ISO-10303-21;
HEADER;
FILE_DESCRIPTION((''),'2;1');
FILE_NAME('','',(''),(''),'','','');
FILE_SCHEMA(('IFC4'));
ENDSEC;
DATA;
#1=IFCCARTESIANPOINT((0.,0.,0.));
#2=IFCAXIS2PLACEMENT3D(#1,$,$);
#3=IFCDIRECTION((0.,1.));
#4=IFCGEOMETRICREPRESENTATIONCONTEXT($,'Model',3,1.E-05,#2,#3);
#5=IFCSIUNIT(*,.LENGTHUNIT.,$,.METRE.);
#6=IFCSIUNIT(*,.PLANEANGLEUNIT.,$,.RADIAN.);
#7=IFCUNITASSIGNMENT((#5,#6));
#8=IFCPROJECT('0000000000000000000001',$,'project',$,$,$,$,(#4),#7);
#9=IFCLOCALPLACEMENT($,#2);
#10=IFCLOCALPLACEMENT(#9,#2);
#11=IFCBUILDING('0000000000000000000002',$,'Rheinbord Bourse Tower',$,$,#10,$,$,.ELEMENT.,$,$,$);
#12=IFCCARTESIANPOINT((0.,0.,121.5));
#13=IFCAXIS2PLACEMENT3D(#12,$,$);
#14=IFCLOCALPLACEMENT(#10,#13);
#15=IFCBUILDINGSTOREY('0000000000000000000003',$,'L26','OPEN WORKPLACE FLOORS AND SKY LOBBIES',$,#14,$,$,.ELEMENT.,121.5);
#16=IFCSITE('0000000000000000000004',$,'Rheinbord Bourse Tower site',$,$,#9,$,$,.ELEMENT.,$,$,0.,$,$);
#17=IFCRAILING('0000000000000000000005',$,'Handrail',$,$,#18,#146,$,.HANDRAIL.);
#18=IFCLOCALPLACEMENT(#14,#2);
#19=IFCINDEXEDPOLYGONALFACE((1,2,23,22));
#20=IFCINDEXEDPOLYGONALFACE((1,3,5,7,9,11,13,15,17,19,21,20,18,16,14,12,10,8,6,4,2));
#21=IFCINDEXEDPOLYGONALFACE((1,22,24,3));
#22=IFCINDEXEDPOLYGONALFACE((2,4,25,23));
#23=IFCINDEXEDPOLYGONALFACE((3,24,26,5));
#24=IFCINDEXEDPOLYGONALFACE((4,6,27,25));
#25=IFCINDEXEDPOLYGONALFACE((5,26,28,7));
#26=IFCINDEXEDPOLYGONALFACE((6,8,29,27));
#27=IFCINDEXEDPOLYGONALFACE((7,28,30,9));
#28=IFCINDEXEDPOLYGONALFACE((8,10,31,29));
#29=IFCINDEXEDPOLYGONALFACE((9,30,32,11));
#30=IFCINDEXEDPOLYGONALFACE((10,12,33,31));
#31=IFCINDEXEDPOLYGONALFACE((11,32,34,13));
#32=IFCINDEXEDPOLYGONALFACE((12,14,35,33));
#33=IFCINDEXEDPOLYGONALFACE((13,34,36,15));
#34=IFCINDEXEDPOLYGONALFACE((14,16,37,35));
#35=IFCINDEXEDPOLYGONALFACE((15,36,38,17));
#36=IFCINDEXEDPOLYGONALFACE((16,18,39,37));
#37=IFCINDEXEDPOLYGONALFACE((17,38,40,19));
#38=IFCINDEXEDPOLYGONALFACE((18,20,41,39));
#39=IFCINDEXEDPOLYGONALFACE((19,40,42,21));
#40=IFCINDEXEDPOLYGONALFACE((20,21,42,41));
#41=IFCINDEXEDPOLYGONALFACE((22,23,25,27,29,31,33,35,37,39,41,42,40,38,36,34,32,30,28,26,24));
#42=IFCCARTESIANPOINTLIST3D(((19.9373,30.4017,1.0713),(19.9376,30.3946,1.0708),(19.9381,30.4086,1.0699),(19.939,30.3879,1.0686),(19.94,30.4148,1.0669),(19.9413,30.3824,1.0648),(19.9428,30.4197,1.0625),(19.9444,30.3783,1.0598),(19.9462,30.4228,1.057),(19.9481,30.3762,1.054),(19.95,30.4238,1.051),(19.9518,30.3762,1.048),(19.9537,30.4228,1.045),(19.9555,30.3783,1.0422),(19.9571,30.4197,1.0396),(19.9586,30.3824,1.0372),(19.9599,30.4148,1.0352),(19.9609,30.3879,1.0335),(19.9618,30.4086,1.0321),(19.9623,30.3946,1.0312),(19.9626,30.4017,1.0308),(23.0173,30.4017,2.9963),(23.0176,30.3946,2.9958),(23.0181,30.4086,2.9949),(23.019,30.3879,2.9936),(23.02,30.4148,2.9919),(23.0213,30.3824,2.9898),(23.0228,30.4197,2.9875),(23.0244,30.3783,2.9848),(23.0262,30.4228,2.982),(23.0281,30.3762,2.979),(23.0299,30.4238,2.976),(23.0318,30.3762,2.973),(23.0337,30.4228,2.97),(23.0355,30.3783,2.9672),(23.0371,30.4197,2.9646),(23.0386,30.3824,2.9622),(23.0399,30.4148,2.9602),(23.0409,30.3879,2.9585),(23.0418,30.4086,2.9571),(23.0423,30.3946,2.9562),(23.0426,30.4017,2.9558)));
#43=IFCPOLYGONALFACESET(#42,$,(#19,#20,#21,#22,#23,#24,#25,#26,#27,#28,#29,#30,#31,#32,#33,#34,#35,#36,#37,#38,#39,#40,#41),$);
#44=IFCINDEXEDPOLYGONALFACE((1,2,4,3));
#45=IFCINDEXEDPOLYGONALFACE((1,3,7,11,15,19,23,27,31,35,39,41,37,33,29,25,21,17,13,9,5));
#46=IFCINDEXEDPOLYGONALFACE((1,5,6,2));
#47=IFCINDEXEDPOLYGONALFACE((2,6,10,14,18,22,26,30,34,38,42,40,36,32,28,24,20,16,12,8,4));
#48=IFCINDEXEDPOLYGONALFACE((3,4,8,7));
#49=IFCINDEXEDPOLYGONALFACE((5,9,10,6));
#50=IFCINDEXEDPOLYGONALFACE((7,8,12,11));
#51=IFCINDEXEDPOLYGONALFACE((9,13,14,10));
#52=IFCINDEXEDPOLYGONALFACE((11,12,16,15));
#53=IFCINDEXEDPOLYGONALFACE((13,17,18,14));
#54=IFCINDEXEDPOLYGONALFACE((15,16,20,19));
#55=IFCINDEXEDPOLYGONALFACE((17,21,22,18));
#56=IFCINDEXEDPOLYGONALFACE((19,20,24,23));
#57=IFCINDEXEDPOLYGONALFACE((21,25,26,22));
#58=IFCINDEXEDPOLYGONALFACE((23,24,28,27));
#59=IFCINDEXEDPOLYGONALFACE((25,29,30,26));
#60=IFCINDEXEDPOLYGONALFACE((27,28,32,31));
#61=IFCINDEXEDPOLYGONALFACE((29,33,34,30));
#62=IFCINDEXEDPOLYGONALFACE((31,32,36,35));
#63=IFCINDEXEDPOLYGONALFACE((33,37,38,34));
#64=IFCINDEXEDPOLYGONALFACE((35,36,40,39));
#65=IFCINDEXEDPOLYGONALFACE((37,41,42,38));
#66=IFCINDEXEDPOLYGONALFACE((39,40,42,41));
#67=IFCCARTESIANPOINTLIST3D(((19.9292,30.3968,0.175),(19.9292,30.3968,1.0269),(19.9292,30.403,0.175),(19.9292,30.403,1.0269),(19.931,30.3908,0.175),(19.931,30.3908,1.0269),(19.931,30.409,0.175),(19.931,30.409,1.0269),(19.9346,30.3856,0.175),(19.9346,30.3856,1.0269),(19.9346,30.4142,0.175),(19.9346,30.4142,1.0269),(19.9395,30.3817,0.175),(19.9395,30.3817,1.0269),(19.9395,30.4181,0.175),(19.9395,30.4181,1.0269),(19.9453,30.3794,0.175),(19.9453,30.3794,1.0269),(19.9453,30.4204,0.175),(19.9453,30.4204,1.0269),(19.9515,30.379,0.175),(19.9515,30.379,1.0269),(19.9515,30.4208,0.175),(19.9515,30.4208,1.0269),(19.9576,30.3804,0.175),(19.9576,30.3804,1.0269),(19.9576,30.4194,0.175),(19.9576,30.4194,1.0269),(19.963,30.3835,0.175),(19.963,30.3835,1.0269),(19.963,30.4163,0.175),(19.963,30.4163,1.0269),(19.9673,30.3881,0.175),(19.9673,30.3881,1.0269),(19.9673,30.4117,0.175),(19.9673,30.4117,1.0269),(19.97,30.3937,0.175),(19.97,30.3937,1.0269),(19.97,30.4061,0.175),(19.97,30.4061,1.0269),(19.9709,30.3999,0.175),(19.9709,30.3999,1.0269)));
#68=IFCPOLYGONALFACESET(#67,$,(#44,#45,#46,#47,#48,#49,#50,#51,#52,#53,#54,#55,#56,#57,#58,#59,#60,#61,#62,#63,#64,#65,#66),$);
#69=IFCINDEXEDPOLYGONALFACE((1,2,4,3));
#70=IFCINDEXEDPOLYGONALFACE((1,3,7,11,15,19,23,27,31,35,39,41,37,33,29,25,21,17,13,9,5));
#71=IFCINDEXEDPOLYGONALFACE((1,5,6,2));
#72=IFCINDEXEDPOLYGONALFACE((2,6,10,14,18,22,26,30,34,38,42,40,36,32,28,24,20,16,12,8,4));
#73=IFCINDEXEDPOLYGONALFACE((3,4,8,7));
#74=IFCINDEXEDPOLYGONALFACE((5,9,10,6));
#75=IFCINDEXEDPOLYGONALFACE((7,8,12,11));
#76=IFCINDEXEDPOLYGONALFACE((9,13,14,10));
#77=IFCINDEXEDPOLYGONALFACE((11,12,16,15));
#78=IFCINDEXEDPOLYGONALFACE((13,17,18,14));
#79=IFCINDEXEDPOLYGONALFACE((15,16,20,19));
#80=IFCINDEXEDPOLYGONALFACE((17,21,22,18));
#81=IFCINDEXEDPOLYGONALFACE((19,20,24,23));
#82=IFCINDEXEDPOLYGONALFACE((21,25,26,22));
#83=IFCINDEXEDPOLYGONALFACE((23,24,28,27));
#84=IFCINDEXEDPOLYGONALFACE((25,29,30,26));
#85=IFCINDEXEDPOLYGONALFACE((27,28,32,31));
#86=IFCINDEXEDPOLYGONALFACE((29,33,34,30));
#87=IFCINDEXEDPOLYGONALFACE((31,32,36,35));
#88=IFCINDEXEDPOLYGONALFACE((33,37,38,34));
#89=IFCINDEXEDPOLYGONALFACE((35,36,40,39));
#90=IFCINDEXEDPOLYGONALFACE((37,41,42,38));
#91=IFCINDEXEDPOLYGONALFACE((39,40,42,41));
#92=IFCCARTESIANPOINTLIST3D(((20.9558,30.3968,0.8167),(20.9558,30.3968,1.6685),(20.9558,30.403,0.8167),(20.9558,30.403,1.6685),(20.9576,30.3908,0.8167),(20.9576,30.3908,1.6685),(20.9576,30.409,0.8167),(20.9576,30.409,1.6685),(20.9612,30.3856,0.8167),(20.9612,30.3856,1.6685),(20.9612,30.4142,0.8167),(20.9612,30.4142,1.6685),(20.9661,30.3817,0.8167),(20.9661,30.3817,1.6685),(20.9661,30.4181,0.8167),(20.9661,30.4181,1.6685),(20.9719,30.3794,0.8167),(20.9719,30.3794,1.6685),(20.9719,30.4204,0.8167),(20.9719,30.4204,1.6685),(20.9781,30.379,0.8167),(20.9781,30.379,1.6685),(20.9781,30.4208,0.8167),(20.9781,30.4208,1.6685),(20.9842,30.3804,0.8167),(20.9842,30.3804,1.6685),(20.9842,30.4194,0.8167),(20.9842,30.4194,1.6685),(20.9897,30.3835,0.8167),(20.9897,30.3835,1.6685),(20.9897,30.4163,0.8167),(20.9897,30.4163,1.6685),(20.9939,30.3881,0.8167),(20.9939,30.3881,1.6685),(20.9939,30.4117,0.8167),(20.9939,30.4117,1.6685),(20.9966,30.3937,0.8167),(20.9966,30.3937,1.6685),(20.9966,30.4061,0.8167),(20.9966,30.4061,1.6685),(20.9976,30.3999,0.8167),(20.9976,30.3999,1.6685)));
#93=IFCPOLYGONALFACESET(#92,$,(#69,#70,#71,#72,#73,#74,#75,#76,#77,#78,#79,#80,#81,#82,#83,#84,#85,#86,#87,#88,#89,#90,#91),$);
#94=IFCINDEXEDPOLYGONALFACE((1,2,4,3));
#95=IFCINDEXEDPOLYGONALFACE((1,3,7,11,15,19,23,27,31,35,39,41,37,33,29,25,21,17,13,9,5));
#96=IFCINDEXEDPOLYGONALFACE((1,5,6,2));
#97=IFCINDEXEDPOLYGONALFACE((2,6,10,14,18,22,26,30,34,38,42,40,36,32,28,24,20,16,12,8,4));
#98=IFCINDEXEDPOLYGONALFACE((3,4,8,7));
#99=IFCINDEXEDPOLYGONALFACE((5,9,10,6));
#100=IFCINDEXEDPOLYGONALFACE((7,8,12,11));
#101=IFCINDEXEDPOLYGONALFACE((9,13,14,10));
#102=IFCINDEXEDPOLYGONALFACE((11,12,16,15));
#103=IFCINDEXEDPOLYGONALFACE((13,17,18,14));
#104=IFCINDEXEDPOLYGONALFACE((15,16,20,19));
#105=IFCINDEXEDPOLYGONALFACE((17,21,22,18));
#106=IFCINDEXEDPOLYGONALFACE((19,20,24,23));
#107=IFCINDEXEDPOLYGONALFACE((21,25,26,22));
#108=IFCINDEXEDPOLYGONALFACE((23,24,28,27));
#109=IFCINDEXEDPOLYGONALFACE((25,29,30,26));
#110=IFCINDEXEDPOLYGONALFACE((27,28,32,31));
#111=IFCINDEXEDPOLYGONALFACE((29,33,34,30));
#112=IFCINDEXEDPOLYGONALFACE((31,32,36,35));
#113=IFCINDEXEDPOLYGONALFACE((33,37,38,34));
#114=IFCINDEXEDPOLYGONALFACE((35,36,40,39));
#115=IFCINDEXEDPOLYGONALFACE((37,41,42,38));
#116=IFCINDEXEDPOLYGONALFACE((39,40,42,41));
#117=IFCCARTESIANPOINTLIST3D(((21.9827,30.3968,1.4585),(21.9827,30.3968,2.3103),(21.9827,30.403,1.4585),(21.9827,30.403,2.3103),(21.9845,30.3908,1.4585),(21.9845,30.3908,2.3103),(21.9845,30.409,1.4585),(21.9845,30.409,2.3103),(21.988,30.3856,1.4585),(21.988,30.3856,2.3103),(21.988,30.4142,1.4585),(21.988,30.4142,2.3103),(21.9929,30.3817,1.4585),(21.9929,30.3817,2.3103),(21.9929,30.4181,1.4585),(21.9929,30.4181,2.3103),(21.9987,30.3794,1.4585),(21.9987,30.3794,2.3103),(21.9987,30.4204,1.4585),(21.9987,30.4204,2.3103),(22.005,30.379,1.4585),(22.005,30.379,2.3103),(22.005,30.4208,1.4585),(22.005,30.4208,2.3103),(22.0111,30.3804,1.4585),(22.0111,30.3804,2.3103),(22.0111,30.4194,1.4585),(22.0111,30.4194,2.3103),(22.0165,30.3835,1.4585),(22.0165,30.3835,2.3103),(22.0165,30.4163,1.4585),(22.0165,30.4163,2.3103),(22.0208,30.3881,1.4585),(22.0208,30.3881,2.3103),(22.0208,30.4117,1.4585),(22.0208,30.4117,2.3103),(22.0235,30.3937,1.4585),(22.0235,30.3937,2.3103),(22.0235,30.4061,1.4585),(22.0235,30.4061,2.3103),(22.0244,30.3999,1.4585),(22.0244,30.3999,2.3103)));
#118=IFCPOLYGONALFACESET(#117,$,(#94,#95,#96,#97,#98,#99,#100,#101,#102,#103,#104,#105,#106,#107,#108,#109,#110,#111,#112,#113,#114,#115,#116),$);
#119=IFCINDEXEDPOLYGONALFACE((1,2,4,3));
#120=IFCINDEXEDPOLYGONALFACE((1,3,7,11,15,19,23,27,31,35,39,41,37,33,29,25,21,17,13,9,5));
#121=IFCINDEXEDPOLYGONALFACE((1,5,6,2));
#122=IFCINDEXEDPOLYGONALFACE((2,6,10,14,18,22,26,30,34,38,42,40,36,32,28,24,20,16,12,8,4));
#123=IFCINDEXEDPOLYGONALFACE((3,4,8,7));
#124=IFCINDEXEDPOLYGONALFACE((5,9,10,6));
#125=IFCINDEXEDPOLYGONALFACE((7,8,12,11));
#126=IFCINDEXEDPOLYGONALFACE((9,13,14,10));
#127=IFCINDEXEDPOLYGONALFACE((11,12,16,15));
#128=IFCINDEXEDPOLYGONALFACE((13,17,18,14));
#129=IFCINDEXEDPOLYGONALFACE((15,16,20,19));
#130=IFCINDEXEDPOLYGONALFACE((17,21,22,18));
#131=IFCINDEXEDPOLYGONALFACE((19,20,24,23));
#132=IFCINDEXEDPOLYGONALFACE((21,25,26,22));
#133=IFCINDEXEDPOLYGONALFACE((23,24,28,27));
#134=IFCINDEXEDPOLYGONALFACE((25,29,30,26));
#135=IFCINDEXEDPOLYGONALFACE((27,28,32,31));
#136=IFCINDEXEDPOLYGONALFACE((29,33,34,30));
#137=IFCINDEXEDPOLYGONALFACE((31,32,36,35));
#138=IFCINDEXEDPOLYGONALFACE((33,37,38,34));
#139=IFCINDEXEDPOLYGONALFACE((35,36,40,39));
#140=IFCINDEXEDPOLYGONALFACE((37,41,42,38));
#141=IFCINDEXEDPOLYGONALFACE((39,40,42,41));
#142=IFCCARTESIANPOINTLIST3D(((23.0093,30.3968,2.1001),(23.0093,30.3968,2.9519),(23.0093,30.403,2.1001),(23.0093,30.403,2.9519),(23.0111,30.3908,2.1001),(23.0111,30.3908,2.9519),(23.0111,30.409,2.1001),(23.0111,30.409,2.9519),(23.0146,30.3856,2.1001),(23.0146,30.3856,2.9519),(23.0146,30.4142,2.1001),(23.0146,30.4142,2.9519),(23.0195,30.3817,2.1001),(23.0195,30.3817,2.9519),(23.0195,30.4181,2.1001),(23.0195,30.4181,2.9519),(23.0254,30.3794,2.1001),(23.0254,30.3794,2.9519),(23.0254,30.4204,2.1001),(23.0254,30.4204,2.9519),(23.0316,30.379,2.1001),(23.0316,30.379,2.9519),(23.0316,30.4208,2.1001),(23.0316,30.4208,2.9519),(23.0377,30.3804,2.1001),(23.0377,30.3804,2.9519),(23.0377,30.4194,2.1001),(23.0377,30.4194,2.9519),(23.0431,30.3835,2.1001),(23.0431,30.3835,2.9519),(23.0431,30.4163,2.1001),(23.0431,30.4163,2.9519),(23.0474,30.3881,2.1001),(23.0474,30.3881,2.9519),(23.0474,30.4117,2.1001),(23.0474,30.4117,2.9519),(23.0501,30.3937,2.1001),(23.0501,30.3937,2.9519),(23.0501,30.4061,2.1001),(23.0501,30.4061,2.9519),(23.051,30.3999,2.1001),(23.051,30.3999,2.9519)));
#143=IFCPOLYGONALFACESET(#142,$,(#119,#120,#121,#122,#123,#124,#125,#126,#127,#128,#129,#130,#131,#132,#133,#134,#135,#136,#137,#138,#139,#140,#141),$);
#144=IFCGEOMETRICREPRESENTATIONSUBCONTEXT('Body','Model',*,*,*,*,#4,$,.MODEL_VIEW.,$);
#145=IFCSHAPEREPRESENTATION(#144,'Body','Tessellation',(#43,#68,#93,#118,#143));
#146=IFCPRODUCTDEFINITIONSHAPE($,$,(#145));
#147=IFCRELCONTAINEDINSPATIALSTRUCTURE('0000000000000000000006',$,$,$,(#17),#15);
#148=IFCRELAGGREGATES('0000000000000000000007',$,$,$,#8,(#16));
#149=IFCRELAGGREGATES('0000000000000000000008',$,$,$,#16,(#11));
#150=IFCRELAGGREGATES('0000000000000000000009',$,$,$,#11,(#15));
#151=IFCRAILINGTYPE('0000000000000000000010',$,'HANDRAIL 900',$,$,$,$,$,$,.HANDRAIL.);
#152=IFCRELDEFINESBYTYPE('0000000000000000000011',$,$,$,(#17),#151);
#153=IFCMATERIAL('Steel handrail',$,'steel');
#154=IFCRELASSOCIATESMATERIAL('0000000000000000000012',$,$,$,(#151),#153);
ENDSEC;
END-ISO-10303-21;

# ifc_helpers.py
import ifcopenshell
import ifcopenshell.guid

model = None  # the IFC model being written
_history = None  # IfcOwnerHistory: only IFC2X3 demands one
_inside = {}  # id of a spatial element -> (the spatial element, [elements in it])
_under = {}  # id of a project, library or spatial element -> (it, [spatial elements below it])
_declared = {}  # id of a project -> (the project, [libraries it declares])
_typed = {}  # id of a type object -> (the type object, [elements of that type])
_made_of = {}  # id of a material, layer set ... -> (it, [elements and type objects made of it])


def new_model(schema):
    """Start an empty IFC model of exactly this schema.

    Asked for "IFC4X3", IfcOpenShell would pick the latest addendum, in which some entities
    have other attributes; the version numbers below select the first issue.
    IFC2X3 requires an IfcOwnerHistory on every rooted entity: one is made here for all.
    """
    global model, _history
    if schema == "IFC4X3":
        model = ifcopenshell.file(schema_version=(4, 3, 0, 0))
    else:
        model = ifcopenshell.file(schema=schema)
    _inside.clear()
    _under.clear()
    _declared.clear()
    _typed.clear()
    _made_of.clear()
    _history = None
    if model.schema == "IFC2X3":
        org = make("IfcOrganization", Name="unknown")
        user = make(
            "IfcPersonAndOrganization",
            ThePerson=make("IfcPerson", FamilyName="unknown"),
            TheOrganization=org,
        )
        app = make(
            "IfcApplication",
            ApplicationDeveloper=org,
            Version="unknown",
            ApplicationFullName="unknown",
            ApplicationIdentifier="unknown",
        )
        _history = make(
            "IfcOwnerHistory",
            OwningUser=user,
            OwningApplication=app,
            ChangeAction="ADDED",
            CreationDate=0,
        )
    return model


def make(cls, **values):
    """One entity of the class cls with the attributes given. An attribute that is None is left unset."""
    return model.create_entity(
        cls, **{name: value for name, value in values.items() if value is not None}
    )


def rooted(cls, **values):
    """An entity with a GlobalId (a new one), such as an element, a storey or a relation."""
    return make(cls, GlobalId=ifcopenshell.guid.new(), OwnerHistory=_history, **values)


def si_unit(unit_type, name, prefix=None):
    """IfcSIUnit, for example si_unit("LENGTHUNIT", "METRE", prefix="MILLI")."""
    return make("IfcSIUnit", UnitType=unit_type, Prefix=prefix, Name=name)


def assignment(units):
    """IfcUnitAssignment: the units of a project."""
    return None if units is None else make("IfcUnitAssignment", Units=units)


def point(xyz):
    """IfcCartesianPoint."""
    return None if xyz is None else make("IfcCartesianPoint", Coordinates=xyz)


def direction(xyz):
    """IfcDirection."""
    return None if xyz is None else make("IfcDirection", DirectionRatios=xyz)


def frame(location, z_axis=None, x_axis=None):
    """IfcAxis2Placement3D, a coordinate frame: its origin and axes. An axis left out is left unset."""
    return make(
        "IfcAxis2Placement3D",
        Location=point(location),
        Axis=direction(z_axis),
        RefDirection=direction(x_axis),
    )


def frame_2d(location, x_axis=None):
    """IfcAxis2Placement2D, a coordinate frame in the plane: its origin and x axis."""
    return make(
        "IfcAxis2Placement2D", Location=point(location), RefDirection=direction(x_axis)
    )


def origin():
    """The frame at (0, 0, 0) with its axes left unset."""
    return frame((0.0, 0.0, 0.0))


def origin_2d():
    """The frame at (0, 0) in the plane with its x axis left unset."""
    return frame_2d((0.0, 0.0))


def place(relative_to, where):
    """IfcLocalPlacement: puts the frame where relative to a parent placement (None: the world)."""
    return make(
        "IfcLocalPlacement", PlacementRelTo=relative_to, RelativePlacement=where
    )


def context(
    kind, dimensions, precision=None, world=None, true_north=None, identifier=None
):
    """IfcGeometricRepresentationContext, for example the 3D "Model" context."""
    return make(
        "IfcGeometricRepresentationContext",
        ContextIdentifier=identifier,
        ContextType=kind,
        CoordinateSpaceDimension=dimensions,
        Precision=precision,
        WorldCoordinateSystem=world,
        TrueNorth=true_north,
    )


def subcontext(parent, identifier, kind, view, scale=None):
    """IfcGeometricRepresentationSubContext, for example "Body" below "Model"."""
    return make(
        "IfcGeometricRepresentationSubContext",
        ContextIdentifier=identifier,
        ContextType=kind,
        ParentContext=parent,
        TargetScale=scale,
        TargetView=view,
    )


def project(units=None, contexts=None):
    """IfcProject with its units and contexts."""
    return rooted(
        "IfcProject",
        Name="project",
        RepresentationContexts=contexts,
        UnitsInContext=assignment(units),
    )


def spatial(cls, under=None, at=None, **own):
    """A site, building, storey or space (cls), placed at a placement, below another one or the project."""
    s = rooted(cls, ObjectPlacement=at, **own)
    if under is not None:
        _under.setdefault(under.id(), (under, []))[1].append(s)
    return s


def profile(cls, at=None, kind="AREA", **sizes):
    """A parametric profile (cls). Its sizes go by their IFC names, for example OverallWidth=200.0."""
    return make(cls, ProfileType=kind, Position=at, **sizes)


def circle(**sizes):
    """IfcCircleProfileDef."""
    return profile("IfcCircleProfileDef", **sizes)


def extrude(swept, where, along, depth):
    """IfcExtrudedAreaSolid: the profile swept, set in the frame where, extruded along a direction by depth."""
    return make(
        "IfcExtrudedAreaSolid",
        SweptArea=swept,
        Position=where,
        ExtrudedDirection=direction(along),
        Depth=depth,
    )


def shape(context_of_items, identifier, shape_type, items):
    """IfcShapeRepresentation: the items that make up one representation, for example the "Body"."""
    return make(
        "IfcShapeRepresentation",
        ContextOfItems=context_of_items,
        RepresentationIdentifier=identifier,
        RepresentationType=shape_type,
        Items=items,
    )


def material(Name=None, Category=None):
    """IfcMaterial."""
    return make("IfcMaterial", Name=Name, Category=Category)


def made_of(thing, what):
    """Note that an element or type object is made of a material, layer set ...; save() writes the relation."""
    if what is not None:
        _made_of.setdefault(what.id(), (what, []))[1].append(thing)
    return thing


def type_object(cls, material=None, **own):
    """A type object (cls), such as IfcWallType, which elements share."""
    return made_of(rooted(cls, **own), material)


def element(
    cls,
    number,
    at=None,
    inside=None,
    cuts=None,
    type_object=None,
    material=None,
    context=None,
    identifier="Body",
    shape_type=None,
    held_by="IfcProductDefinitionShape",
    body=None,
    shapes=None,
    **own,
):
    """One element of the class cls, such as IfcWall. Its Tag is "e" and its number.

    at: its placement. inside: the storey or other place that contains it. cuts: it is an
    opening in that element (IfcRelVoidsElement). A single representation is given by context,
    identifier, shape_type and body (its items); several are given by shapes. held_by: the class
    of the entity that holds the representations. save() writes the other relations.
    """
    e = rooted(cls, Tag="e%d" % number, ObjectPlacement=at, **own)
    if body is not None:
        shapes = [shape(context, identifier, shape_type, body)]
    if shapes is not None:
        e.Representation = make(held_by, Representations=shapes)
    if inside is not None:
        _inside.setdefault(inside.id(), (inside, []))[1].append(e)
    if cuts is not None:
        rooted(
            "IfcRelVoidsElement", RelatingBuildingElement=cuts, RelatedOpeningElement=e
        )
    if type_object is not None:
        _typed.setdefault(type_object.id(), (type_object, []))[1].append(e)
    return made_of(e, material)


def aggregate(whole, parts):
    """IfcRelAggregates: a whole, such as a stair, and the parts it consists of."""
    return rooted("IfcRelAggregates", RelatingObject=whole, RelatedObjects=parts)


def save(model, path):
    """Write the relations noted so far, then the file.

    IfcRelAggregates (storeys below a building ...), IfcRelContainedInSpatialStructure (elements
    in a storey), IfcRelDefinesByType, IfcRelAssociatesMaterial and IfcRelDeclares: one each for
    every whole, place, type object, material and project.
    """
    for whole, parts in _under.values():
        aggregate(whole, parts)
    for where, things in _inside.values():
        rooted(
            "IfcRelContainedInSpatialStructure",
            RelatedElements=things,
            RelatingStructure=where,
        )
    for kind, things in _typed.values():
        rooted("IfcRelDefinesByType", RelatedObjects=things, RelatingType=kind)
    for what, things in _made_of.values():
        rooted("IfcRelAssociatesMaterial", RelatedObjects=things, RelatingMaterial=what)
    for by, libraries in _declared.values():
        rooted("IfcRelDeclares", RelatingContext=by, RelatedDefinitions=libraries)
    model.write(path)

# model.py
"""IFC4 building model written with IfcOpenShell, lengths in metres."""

from ifc_helpers import new_model, si_unit, direction, frame, origin, origin_2d, place, context, subcontext, project, spatial, circle, extrude, material, type_object, element, save


model = new_model("IFC4")

# Units and contexts
model_context = context("Model", 3, precision=1e-05, world=origin(), true_north=direction((0.0, 1.0)))
body_context = subcontext(model_context, "Body", "Model", "MODEL_VIEW")
ifc_project = project(units=[si_unit("LENGTHUNIT", "METRE"), si_unit("PLANEANGLEUNIT", "RADIAN")], contexts=[model_context])

# Site, building, storey
site_placement = place(None, origin())
site = spatial("IfcSite", under=ifc_project, at=site_placement, Name="Rheinbord Bourse Tower site", CompositionType="ELEMENT", RefElevation=0.0)
building_placement = place(site_placement, origin())
building = spatial("IfcBuilding", under=site, at=building_placement, Name="Rheinbord Bourse Tower", CompositionType="ELEMENT")
storey_placement = place(building_placement, frame((0.0, 0.0, 121.5)))
storey = spatial("IfcBuildingStorey", under=building, at=storey_placement, Name="L26", Description="OPEN WORKPLACE FLOORS AND SKY LOBBIES", CompositionType="ELEMENT", Elevation=121.5)

# Railing
ifc_material_1 = material(Name="Steel handrail", Category="steel")
railing_type = type_object("IfcRailingType", Name="HANDRAIL 900", PredefinedType="HANDRAIL", material=ifc_material_1)
railing_1_placement = place(storey_placement, frame((19.95, 30.3999, 0.175)))
element("IfcRailing", 1, at=railing_1_placement, inside=storey, type_object=railing_type, Name="Handrail", PredefinedType="HANDRAIL", context=body_context, shape_type="SweptSolid", body=[
    extrude(circle(Radius=0.0239, at=origin_2d()), frame((0.0, 0.0, 0.876), z_axis=(0.847998, 0.0, 0.529999), x_axis=(0.0, 1.0, 0.0)), (0.0, 0.0, 1.0), 3.6321),
    extrude(circle(Radius=0.021, at=origin_2d()), origin(), (0.0, 0.0, 1.0), 0.8518),
    extrude(circle(Radius=0.021, at=origin_2d()), frame((1.0266, 0.0, 0.6416)), (0.0, 0.0, 1.0), 0.8518),
    extrude(circle(Radius=0.021, at=origin_2d()), frame((2.0535, 0.0, 1.2834)), (0.0, 0.0, 1.0), 0.8518),
    extrude(circle(Radius=0.021, at=origin_2d()), frame((3.0801, 0.0, 1.925)), (0.0, 0.0, 1.0), 0.8518),
])

save(model, "model.ifc")
